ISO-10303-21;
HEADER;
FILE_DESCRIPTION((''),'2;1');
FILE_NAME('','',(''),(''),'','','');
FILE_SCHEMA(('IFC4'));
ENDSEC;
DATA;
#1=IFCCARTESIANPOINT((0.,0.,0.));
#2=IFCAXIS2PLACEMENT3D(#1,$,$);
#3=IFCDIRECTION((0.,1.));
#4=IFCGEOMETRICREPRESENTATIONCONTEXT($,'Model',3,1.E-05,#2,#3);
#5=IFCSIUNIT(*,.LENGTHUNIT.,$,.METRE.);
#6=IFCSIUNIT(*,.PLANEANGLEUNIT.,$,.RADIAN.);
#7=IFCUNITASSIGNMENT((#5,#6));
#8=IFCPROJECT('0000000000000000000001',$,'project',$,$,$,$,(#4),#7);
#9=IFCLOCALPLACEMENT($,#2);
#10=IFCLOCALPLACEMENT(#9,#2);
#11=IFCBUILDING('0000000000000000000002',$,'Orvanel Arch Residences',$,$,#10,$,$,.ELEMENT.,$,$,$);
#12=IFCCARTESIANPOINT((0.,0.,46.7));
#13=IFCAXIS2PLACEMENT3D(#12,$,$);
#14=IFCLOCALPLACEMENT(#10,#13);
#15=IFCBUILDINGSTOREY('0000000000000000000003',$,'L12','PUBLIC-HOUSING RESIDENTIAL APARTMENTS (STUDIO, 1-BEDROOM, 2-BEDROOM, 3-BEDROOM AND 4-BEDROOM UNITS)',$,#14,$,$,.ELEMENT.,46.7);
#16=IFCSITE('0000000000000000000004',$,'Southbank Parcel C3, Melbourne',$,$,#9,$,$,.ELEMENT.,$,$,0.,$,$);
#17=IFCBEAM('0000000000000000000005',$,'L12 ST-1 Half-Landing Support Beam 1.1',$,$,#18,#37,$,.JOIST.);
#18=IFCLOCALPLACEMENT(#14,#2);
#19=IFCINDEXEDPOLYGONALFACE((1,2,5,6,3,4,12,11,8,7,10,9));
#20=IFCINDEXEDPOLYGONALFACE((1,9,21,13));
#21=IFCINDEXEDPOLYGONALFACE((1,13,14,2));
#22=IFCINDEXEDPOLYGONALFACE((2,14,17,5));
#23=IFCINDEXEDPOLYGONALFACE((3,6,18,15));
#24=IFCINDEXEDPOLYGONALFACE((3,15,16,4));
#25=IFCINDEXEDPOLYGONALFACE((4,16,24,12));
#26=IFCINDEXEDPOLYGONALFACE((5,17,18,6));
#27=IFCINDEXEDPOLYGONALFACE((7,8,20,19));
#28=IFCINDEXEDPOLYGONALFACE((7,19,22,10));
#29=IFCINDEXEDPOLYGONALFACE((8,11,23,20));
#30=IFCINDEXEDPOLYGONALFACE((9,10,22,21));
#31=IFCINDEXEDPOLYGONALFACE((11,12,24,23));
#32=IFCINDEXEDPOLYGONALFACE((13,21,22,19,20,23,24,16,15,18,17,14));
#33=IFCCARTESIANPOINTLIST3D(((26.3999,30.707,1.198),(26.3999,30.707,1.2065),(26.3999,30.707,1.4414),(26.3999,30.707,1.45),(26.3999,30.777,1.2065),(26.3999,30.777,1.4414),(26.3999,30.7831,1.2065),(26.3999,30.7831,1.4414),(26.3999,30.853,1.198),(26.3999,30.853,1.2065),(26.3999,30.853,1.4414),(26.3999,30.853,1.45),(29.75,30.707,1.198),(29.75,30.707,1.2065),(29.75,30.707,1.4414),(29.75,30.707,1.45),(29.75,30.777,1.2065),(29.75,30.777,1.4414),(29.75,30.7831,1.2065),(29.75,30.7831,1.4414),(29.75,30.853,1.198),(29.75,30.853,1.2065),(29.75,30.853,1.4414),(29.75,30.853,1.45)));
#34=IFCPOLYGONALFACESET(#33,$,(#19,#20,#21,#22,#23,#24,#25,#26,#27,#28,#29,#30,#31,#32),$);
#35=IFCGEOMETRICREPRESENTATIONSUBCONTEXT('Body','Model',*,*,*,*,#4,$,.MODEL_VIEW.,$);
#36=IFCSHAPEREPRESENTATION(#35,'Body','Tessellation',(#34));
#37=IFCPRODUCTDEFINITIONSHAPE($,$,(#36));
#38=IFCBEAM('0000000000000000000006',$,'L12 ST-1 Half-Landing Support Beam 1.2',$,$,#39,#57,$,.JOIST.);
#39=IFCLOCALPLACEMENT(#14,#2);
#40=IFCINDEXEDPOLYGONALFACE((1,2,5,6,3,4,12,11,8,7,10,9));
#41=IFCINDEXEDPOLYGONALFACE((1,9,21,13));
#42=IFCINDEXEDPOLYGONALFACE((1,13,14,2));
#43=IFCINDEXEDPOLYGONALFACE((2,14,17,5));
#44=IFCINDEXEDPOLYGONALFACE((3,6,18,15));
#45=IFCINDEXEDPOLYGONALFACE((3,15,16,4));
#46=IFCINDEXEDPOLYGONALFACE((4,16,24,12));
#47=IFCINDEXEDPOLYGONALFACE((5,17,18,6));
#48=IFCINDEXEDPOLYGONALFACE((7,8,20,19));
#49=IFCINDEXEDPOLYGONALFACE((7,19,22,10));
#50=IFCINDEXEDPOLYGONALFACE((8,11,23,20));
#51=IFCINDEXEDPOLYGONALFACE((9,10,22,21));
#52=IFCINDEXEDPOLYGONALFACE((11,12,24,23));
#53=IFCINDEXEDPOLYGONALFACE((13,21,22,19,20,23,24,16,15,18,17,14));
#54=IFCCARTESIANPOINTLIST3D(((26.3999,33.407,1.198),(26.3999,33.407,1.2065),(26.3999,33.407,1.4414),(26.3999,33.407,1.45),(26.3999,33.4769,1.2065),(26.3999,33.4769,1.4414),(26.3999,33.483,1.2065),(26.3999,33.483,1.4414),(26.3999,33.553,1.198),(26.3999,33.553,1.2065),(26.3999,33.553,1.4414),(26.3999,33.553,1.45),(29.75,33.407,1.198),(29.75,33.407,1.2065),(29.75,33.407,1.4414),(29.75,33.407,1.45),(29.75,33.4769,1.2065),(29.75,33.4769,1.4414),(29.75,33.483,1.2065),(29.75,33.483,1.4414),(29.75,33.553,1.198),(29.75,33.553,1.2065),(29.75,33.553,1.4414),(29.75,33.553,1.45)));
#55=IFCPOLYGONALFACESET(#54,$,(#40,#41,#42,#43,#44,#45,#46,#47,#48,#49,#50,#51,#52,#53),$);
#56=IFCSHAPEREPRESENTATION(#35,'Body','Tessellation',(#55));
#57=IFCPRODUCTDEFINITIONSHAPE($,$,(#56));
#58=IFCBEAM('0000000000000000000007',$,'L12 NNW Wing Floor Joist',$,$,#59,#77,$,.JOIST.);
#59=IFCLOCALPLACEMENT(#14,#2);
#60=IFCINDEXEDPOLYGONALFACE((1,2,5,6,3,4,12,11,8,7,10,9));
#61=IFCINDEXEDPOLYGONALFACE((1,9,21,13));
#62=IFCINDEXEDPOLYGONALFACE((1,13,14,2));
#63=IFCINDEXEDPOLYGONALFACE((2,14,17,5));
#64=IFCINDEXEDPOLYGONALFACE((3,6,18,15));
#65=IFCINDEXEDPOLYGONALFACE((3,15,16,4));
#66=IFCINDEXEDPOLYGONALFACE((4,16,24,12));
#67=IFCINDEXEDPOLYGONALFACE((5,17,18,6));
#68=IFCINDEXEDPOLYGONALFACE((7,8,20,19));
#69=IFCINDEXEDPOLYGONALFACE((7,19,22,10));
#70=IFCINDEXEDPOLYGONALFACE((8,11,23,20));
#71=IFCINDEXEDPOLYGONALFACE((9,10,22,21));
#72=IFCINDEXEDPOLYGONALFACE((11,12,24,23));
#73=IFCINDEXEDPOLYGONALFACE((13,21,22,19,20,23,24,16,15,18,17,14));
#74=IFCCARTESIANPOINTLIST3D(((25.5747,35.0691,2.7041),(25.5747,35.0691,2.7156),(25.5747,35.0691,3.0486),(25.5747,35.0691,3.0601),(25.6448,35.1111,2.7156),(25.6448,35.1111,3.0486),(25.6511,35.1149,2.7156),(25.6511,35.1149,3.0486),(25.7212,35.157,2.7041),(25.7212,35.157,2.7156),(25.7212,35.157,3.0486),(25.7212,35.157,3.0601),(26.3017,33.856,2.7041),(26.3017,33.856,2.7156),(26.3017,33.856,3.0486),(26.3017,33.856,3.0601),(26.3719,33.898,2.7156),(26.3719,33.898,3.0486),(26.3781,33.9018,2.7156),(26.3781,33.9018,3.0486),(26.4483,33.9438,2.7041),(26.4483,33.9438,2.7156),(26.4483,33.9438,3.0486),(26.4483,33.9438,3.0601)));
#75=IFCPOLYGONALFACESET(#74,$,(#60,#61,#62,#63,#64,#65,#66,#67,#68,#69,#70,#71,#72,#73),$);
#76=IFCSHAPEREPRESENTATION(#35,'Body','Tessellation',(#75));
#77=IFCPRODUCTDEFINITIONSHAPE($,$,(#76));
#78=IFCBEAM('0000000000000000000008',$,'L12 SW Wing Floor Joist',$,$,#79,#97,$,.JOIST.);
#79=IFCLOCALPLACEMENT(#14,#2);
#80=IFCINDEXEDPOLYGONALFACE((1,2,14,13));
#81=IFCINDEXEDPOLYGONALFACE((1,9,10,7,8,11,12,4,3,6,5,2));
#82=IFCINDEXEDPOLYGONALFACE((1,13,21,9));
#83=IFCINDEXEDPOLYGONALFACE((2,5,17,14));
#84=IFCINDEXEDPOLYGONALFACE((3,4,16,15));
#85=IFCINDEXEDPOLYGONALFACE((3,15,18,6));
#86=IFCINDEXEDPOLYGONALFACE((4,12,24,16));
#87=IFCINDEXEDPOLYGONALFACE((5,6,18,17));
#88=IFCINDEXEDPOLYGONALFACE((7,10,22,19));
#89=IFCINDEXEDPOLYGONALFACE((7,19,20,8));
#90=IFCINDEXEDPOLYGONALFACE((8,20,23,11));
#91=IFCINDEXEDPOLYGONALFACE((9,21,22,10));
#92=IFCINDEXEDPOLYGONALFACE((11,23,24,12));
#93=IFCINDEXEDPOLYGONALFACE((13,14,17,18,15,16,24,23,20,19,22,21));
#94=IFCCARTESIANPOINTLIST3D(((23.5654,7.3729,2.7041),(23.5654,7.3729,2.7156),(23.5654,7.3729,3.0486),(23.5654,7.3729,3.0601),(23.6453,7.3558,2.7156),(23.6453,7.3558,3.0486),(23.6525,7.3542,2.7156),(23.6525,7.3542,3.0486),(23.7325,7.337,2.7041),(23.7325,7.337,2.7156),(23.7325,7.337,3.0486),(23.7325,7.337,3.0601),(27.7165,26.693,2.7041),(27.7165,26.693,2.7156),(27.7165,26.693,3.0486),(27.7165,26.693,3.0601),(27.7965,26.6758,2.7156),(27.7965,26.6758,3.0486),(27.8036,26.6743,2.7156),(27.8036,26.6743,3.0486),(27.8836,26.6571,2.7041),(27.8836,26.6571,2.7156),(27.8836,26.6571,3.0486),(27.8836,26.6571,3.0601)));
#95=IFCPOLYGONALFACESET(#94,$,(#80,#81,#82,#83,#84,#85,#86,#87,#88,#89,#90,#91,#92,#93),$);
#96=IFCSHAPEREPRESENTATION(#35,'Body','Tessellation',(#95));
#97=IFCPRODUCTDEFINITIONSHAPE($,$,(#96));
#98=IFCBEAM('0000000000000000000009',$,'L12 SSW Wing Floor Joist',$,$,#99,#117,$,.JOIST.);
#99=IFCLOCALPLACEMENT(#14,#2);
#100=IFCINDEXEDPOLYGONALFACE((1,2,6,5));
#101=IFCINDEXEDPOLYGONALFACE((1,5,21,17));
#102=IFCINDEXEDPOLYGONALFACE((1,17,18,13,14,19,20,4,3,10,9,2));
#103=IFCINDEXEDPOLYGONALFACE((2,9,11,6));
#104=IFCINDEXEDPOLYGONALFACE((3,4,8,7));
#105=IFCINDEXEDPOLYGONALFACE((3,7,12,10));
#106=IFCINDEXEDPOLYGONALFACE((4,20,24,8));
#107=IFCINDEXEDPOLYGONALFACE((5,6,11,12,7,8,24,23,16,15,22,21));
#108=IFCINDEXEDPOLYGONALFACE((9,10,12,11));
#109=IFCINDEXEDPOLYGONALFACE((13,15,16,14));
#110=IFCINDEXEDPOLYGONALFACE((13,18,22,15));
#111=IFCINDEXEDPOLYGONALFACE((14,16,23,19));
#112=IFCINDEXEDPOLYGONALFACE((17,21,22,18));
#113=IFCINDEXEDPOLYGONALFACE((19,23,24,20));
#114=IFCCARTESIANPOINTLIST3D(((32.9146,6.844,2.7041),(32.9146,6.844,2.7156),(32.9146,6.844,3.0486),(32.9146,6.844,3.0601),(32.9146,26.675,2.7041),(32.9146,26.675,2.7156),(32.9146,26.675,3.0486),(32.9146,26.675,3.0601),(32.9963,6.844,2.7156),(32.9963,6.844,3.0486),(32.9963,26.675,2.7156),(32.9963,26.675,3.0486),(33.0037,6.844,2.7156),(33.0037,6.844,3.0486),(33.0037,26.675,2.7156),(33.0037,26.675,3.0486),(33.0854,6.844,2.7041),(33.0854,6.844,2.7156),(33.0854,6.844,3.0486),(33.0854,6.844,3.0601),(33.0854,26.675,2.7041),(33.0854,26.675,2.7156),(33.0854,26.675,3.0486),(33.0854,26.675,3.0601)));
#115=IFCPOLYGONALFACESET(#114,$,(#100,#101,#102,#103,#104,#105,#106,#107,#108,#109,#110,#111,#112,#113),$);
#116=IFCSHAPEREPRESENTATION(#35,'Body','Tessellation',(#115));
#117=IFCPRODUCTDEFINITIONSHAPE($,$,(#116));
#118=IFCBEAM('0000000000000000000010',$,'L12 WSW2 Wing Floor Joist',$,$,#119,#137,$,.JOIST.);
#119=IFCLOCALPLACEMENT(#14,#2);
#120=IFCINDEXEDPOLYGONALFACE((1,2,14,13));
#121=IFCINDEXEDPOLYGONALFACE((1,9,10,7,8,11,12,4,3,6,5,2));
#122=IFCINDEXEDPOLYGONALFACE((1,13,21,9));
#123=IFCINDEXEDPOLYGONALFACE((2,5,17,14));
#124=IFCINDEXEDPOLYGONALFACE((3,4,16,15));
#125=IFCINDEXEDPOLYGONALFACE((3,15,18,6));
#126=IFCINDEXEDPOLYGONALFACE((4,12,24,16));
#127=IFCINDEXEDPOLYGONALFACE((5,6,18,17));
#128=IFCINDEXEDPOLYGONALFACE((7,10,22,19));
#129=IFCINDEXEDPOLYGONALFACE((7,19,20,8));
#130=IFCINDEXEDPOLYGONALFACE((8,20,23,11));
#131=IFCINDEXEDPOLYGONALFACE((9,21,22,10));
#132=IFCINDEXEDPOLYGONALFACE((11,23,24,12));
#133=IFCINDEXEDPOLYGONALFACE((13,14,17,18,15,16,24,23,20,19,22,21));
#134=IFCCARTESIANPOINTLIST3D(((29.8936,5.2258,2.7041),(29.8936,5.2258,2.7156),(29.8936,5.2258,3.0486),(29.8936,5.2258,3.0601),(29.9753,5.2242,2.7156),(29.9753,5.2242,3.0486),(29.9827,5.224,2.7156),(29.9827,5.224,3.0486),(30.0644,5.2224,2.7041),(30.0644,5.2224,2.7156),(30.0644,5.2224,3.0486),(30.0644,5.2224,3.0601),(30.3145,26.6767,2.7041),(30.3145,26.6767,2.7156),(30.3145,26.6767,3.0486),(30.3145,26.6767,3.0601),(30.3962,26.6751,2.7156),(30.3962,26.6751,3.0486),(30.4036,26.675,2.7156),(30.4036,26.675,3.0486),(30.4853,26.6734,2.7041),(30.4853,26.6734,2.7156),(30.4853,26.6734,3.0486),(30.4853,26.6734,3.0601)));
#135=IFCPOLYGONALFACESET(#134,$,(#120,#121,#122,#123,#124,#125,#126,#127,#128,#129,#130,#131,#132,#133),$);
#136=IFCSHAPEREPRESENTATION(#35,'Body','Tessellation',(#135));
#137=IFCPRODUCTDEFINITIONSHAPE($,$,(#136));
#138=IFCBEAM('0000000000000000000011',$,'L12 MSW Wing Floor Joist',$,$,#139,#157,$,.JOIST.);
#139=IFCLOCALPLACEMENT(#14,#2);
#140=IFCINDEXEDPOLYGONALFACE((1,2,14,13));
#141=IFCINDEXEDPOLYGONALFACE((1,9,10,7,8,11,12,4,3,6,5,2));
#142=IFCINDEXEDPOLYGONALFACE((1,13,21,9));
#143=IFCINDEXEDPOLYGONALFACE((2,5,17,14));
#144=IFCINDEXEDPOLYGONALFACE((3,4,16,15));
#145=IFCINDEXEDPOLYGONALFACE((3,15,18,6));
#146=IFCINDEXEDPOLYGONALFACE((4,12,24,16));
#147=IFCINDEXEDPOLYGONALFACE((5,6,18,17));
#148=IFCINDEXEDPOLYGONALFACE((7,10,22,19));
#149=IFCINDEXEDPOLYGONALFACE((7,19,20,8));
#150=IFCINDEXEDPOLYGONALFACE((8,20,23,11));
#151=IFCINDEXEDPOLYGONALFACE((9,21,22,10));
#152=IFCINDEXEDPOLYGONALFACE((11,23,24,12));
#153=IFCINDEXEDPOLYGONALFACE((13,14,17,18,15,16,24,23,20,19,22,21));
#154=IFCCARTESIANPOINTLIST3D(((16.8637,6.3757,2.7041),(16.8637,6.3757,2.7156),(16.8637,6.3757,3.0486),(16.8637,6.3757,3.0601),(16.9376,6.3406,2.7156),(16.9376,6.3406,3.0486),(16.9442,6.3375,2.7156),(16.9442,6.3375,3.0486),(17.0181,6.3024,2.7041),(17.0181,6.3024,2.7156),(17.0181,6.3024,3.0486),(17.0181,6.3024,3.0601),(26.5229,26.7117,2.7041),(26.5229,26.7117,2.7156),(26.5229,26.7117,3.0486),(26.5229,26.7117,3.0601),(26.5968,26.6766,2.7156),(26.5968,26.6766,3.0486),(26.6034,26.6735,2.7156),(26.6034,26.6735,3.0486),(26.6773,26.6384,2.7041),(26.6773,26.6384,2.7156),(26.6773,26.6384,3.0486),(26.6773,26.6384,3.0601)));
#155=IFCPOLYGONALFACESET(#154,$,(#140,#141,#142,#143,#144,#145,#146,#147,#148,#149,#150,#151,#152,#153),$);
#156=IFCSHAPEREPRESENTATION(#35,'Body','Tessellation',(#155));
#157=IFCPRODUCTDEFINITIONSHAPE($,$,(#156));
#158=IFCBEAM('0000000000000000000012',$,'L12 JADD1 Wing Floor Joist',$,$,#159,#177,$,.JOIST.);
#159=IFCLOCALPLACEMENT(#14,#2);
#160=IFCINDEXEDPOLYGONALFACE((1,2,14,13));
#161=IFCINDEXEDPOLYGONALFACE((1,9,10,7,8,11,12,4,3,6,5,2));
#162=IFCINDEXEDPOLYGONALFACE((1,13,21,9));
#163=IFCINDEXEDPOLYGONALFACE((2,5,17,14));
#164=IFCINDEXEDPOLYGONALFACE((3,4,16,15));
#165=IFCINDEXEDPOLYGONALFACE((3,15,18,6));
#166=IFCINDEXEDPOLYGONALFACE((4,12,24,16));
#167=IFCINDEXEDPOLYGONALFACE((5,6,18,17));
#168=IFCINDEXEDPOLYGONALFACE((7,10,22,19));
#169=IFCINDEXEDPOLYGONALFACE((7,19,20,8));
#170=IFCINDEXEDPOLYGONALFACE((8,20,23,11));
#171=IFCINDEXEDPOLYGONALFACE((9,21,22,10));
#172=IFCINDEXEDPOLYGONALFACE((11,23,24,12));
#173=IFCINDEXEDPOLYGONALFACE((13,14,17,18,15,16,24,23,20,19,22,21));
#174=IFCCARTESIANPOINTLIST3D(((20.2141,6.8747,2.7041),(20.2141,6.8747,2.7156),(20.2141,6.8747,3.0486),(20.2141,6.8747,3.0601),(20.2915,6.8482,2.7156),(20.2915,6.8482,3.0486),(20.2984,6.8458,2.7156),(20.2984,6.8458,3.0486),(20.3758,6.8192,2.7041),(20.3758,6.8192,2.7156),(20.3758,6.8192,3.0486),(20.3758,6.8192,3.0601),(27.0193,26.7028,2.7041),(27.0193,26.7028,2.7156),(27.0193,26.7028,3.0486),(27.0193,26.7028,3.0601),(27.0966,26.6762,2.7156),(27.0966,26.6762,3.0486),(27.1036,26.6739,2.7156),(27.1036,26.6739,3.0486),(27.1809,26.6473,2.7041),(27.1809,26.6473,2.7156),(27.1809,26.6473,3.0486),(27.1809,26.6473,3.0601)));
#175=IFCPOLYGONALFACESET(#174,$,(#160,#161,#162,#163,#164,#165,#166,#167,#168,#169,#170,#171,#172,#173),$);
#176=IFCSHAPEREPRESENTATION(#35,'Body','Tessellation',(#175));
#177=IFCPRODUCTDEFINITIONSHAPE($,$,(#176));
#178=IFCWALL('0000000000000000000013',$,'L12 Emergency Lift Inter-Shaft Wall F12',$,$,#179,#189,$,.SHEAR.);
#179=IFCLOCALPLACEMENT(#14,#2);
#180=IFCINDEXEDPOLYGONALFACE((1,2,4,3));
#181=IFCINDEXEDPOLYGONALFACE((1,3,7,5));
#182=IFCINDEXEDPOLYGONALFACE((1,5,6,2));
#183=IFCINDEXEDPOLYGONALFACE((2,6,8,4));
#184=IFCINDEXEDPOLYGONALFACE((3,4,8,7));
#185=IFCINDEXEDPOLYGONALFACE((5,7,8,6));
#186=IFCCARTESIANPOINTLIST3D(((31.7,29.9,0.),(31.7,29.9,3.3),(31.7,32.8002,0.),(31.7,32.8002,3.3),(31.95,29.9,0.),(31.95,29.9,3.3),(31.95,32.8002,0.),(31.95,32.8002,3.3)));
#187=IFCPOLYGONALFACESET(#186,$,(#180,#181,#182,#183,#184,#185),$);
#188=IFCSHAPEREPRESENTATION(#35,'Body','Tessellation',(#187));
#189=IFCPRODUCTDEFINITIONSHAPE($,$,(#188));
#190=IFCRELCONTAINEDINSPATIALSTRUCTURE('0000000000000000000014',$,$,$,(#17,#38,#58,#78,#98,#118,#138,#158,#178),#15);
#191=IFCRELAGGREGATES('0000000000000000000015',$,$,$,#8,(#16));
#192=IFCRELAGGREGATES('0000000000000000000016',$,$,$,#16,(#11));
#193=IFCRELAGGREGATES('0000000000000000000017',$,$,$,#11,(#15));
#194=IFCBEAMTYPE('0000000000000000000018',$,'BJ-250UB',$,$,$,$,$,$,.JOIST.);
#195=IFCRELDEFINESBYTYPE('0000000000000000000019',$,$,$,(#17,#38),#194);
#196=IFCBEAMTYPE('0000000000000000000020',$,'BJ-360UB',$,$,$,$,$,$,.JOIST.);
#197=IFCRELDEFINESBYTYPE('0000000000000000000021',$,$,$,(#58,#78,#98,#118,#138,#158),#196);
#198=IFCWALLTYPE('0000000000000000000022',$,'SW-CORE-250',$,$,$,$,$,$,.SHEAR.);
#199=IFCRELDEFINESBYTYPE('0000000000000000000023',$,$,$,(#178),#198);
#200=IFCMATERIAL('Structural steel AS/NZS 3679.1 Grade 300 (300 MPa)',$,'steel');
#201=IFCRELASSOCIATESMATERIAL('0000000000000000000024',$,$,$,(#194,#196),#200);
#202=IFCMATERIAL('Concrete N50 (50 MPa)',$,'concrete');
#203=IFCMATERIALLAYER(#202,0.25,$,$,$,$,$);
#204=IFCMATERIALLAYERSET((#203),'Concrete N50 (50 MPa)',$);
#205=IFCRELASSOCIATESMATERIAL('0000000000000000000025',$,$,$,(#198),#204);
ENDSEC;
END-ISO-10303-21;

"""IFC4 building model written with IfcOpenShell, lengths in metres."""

from ifc_helpers import new_model, si_unit, direction, frame, frame_2d, origin, origin_2d, place, context, subcontext, project, spatial, rectangle, i_section, extrude, material, layer, layer_set, material_profile, profile_set, type_object, element, save


model = new_model("IFC4")

# Units and contexts
model_context = context("Model", 3, precision=1e-05, world=origin(), true_north=direction((0.0, 1.0)))
body_context = subcontext(model_context, "Body", "Model", "MODEL_VIEW")
ifc_project = project(units=[si_unit("LENGTHUNIT", "METRE"), si_unit("PLANEANGLEUNIT", "RADIAN")], contexts=[model_context])

# Site, building, storey
site_placement = place(None, origin())
site = spatial("IfcSite", under=ifc_project, at=site_placement, Name="Southbank Parcel C3, Melbourne", CompositionType="ELEMENT", RefElevation=0.0)
building_placement = place(site_placement, origin())
building = spatial("IfcBuilding", under=site, at=building_placement, Name="Orvanel Arch Residences", CompositionType="ELEMENT")
storey_placement = place(building_placement, frame((0.0, 0.0, 46.7)))
storey = spatial("IfcBuildingStorey", under=building, at=storey_placement, Name="L12", Description="PUBLIC-HOUSING RESIDENTIAL APARTMENTS (STUDIO, 1-BEDROOM, 2-BEDROOM, 3-BEDROOM AND 4-BEDROOM UNITS)", CompositionType="ELEMENT", Elevation=46.7)

# Beams
ifc_material_1 = material(Name="Structural steel AS/NZS 3679.1 Grade 300 (300 MPa)", Category="steel")
ifc_material_profile_1 = material_profile(ifc_material_1, i_section(OverallWidth=0.146, OverallDepth=0.252, WebThickness=0.0061, FlangeThickness=0.0085, at=origin_2d()), Name="250UB31.4")
ifc_profile_set_1 = profile_set([ifc_material_profile_1], Name="Structural steel AS/NZS 3679.1 Grade 300 (300 MPa)")
beam_type_1 = type_object("IfcBeamType", Name="BJ-250UB", PredefinedType="JOIST", material=ifc_profile_set_1)
for number, where, z_axis, x_axis, name in (
    (1, (26.3999, 30.78, 1.324), (1.0, 0.0, 0.0), (0.0, 1.0, 0.0), "L12 ST-1 Half-Landing Support Beam 1.1"),
    (2, (26.3999, 33.48, 1.324), (1.0, 0.0, 0.0), (0.0, 1.0, 0.0), "L12 ST-1 Half-Landing Support Beam 1.2"),
):
    element("IfcBeam", number, at=place(storey_placement, frame(where, z_axis=z_axis, x_axis=x_axis)), inside=storey, type_object=beam_type_1, Name=name, PredefinedType="JOIST", context=body_context, shape_type="SweptSolid", body=[
        extrude(i_section(OverallWidth=0.146, OverallDepth=0.252, WebThickness=0.0061, FlangeThickness=0.0085, at=origin_2d()), origin(), (0.0, 0.0, 1.0), 3.3501),
    ])
ifc_material_profile_2 = material_profile(ifc_material_1, i_section(OverallWidth=0.1709, OverallDepth=0.356, WebThickness=0.0073, FlangeThickness=0.0115, at=origin_2d()), Name="360UB50.7")
ifc_profile_set_2 = profile_set([ifc_material_profile_2], Name="Structural steel AS/NZS 3679.1 Grade 300 (300 MPa)")
beam_type_2 = type_object("IfcBeamType", Name="BJ-360UB", PredefinedType="JOIST", material=ifc_profile_set_2)
beam_1_placement = place(storey_placement, frame((26.375, 33.8999, 2.8821), z_axis=(-0.514064, 0.857752, 0.0), x_axis=(-0.857752, -0.514064, 0.0)))
element("IfcBeam", 3, at=beam_1_placement, inside=storey, type_object=beam_type_2, Name="L12 NNW Wing Floor Joist", PredefinedType="JOIST", context=body_context, shape_type="SweptSolid", body=[
    extrude(i_section(OverallWidth=0.1709, OverallDepth=0.356, WebThickness=0.0073, FlangeThickness=0.0115, at=origin_2d()), origin(), (0.0, 0.0, 1.0), 1.4143),
])
beam_2_placement = place(storey_placement, frame((27.8, 26.675, 2.8821), z_axis=(-0.210067, -0.977687, 0.0), x_axis=(0.977687, -0.210067, 0.0)))
element("IfcBeam", 4, at=beam_2_placement, inside=storey, type_object=beam_type_2, Name="L12 SW Wing Floor Joist", PredefinedType="JOIST", context=body_context, shape_type="SweptSolid", body=[
    extrude(i_section(OverallWidth=0.1709, OverallDepth=0.356, WebThickness=0.0073, FlangeThickness=0.0115, at=origin_2d()), origin(), (0.0, 0.0, 1.0), 19.761),
])
beam_3_placement = place(storey_placement, frame((33.0, 26.675, 2.8821), z_axis=(0.0, -1.0, 0.0), x_axis=(1.0, 0.0, 0.0)))
element("IfcBeam", 5, at=beam_3_placement, inside=storey, type_object=beam_type_2, Name="L12 SSW Wing Floor Joist", PredefinedType="JOIST", context=body_context, shape_type="SweptSolid", body=[
    extrude(i_section(OverallWidth=0.1709, OverallDepth=0.356, WebThickness=0.0073, FlangeThickness=0.0115, at=origin_2d()), origin(), (0.0, 0.0, 1.0), 19.8311),
])
beam_4_placement = place(storey_placement, frame((30.3999, 26.675, 2.8821), z_axis=(-0.019618, -0.999808, 0.0), x_axis=(0.999808, -0.019618, 0.0)))
element("IfcBeam", 6, at=beam_4_placement, inside=storey, type_object=beam_type_2, Name="L12 WSW2 Wing Floor Joist", PredefinedType="JOIST", context=body_context, shape_type="SweptSolid", body=[
    extrude(i_section(OverallWidth=0.1709, OverallDepth=0.356, WebThickness=0.0073, FlangeThickness=0.0115, at=origin_2d()), origin(), (0.0, 0.0, 1.0), 21.4551),
])
beam_5_placement = place(storey_placement, frame((26.6001, 26.675, 2.8821), z_axis=(-0.429043, -0.903284, 0.0), x_axis=(0.903284, -0.429043, 0.0)))
element("IfcBeam", 7, at=beam_5_placement, inside=storey, type_object=beam_type_2, Name="L12 MSW Wing Floor Joist", PredefinedType="JOIST", context=body_context, shape_type="SweptSolid", body=[
    extrude(i_section(OverallWidth=0.1709, OverallDepth=0.356, WebThickness=0.0073, FlangeThickness=0.0115, at=origin_2d()), origin(), (0.0, 0.0, 1.0), 22.5134),
])
beam_6_placement = place(storey_placement, frame((27.1001, 26.675, 2.8821), z_axis=(-0.324621, -0.945844, 0.0), x_axis=(0.945844, -0.324621, 0.0)))
element("IfcBeam", 8, at=beam_6_placement, inside=storey, type_object=beam_type_2, Name="L12 JADD1 Wing Floor Joist", PredefinedType="JOIST", context=body_context, shape_type="SweptSolid", body=[
    extrude(i_section(OverallWidth=0.1709, OverallDepth=0.356, WebThickness=0.0073, FlangeThickness=0.0115, at=origin_2d()), origin(), (0.0, 0.0, 1.0), 20.9634),
])

# Wall
ifc_material_2 = material(Name="Concrete N50 (50 MPa)", Category="concrete")
ifc_layer_1 = layer(ifc_material_2, 0.25)
ifc_layer_set_1 = layer_set([ifc_layer_1], Name="Concrete N50 (50 MPa)")
wall_type_1 = type_object("IfcWallType", Name="SW-CORE-250", PredefinedType="SHEAR", material=ifc_layer_set_1)
wall_1_placement = place(storey_placement, frame((31.825, 29.8999, 0.0), z_axis=(0.0, 0.0, 1.0), x_axis=(0.0, 1.0, 0.0)))
element("IfcWall", 9, at=wall_1_placement, inside=storey, type_object=wall_type_1, Name="L12 Emergency Lift Inter-Shaft Wall F12", PredefinedType="SHEAR", context=body_context, shape_type="SweptSolid", body=[
    extrude(rectangle(XDim=2.9001, YDim=0.25, at=frame_2d((1.4502, 0.0))), origin(), (0.0, 0.0, 1.0), 3.3),
])

save(model, "model.ifc")
